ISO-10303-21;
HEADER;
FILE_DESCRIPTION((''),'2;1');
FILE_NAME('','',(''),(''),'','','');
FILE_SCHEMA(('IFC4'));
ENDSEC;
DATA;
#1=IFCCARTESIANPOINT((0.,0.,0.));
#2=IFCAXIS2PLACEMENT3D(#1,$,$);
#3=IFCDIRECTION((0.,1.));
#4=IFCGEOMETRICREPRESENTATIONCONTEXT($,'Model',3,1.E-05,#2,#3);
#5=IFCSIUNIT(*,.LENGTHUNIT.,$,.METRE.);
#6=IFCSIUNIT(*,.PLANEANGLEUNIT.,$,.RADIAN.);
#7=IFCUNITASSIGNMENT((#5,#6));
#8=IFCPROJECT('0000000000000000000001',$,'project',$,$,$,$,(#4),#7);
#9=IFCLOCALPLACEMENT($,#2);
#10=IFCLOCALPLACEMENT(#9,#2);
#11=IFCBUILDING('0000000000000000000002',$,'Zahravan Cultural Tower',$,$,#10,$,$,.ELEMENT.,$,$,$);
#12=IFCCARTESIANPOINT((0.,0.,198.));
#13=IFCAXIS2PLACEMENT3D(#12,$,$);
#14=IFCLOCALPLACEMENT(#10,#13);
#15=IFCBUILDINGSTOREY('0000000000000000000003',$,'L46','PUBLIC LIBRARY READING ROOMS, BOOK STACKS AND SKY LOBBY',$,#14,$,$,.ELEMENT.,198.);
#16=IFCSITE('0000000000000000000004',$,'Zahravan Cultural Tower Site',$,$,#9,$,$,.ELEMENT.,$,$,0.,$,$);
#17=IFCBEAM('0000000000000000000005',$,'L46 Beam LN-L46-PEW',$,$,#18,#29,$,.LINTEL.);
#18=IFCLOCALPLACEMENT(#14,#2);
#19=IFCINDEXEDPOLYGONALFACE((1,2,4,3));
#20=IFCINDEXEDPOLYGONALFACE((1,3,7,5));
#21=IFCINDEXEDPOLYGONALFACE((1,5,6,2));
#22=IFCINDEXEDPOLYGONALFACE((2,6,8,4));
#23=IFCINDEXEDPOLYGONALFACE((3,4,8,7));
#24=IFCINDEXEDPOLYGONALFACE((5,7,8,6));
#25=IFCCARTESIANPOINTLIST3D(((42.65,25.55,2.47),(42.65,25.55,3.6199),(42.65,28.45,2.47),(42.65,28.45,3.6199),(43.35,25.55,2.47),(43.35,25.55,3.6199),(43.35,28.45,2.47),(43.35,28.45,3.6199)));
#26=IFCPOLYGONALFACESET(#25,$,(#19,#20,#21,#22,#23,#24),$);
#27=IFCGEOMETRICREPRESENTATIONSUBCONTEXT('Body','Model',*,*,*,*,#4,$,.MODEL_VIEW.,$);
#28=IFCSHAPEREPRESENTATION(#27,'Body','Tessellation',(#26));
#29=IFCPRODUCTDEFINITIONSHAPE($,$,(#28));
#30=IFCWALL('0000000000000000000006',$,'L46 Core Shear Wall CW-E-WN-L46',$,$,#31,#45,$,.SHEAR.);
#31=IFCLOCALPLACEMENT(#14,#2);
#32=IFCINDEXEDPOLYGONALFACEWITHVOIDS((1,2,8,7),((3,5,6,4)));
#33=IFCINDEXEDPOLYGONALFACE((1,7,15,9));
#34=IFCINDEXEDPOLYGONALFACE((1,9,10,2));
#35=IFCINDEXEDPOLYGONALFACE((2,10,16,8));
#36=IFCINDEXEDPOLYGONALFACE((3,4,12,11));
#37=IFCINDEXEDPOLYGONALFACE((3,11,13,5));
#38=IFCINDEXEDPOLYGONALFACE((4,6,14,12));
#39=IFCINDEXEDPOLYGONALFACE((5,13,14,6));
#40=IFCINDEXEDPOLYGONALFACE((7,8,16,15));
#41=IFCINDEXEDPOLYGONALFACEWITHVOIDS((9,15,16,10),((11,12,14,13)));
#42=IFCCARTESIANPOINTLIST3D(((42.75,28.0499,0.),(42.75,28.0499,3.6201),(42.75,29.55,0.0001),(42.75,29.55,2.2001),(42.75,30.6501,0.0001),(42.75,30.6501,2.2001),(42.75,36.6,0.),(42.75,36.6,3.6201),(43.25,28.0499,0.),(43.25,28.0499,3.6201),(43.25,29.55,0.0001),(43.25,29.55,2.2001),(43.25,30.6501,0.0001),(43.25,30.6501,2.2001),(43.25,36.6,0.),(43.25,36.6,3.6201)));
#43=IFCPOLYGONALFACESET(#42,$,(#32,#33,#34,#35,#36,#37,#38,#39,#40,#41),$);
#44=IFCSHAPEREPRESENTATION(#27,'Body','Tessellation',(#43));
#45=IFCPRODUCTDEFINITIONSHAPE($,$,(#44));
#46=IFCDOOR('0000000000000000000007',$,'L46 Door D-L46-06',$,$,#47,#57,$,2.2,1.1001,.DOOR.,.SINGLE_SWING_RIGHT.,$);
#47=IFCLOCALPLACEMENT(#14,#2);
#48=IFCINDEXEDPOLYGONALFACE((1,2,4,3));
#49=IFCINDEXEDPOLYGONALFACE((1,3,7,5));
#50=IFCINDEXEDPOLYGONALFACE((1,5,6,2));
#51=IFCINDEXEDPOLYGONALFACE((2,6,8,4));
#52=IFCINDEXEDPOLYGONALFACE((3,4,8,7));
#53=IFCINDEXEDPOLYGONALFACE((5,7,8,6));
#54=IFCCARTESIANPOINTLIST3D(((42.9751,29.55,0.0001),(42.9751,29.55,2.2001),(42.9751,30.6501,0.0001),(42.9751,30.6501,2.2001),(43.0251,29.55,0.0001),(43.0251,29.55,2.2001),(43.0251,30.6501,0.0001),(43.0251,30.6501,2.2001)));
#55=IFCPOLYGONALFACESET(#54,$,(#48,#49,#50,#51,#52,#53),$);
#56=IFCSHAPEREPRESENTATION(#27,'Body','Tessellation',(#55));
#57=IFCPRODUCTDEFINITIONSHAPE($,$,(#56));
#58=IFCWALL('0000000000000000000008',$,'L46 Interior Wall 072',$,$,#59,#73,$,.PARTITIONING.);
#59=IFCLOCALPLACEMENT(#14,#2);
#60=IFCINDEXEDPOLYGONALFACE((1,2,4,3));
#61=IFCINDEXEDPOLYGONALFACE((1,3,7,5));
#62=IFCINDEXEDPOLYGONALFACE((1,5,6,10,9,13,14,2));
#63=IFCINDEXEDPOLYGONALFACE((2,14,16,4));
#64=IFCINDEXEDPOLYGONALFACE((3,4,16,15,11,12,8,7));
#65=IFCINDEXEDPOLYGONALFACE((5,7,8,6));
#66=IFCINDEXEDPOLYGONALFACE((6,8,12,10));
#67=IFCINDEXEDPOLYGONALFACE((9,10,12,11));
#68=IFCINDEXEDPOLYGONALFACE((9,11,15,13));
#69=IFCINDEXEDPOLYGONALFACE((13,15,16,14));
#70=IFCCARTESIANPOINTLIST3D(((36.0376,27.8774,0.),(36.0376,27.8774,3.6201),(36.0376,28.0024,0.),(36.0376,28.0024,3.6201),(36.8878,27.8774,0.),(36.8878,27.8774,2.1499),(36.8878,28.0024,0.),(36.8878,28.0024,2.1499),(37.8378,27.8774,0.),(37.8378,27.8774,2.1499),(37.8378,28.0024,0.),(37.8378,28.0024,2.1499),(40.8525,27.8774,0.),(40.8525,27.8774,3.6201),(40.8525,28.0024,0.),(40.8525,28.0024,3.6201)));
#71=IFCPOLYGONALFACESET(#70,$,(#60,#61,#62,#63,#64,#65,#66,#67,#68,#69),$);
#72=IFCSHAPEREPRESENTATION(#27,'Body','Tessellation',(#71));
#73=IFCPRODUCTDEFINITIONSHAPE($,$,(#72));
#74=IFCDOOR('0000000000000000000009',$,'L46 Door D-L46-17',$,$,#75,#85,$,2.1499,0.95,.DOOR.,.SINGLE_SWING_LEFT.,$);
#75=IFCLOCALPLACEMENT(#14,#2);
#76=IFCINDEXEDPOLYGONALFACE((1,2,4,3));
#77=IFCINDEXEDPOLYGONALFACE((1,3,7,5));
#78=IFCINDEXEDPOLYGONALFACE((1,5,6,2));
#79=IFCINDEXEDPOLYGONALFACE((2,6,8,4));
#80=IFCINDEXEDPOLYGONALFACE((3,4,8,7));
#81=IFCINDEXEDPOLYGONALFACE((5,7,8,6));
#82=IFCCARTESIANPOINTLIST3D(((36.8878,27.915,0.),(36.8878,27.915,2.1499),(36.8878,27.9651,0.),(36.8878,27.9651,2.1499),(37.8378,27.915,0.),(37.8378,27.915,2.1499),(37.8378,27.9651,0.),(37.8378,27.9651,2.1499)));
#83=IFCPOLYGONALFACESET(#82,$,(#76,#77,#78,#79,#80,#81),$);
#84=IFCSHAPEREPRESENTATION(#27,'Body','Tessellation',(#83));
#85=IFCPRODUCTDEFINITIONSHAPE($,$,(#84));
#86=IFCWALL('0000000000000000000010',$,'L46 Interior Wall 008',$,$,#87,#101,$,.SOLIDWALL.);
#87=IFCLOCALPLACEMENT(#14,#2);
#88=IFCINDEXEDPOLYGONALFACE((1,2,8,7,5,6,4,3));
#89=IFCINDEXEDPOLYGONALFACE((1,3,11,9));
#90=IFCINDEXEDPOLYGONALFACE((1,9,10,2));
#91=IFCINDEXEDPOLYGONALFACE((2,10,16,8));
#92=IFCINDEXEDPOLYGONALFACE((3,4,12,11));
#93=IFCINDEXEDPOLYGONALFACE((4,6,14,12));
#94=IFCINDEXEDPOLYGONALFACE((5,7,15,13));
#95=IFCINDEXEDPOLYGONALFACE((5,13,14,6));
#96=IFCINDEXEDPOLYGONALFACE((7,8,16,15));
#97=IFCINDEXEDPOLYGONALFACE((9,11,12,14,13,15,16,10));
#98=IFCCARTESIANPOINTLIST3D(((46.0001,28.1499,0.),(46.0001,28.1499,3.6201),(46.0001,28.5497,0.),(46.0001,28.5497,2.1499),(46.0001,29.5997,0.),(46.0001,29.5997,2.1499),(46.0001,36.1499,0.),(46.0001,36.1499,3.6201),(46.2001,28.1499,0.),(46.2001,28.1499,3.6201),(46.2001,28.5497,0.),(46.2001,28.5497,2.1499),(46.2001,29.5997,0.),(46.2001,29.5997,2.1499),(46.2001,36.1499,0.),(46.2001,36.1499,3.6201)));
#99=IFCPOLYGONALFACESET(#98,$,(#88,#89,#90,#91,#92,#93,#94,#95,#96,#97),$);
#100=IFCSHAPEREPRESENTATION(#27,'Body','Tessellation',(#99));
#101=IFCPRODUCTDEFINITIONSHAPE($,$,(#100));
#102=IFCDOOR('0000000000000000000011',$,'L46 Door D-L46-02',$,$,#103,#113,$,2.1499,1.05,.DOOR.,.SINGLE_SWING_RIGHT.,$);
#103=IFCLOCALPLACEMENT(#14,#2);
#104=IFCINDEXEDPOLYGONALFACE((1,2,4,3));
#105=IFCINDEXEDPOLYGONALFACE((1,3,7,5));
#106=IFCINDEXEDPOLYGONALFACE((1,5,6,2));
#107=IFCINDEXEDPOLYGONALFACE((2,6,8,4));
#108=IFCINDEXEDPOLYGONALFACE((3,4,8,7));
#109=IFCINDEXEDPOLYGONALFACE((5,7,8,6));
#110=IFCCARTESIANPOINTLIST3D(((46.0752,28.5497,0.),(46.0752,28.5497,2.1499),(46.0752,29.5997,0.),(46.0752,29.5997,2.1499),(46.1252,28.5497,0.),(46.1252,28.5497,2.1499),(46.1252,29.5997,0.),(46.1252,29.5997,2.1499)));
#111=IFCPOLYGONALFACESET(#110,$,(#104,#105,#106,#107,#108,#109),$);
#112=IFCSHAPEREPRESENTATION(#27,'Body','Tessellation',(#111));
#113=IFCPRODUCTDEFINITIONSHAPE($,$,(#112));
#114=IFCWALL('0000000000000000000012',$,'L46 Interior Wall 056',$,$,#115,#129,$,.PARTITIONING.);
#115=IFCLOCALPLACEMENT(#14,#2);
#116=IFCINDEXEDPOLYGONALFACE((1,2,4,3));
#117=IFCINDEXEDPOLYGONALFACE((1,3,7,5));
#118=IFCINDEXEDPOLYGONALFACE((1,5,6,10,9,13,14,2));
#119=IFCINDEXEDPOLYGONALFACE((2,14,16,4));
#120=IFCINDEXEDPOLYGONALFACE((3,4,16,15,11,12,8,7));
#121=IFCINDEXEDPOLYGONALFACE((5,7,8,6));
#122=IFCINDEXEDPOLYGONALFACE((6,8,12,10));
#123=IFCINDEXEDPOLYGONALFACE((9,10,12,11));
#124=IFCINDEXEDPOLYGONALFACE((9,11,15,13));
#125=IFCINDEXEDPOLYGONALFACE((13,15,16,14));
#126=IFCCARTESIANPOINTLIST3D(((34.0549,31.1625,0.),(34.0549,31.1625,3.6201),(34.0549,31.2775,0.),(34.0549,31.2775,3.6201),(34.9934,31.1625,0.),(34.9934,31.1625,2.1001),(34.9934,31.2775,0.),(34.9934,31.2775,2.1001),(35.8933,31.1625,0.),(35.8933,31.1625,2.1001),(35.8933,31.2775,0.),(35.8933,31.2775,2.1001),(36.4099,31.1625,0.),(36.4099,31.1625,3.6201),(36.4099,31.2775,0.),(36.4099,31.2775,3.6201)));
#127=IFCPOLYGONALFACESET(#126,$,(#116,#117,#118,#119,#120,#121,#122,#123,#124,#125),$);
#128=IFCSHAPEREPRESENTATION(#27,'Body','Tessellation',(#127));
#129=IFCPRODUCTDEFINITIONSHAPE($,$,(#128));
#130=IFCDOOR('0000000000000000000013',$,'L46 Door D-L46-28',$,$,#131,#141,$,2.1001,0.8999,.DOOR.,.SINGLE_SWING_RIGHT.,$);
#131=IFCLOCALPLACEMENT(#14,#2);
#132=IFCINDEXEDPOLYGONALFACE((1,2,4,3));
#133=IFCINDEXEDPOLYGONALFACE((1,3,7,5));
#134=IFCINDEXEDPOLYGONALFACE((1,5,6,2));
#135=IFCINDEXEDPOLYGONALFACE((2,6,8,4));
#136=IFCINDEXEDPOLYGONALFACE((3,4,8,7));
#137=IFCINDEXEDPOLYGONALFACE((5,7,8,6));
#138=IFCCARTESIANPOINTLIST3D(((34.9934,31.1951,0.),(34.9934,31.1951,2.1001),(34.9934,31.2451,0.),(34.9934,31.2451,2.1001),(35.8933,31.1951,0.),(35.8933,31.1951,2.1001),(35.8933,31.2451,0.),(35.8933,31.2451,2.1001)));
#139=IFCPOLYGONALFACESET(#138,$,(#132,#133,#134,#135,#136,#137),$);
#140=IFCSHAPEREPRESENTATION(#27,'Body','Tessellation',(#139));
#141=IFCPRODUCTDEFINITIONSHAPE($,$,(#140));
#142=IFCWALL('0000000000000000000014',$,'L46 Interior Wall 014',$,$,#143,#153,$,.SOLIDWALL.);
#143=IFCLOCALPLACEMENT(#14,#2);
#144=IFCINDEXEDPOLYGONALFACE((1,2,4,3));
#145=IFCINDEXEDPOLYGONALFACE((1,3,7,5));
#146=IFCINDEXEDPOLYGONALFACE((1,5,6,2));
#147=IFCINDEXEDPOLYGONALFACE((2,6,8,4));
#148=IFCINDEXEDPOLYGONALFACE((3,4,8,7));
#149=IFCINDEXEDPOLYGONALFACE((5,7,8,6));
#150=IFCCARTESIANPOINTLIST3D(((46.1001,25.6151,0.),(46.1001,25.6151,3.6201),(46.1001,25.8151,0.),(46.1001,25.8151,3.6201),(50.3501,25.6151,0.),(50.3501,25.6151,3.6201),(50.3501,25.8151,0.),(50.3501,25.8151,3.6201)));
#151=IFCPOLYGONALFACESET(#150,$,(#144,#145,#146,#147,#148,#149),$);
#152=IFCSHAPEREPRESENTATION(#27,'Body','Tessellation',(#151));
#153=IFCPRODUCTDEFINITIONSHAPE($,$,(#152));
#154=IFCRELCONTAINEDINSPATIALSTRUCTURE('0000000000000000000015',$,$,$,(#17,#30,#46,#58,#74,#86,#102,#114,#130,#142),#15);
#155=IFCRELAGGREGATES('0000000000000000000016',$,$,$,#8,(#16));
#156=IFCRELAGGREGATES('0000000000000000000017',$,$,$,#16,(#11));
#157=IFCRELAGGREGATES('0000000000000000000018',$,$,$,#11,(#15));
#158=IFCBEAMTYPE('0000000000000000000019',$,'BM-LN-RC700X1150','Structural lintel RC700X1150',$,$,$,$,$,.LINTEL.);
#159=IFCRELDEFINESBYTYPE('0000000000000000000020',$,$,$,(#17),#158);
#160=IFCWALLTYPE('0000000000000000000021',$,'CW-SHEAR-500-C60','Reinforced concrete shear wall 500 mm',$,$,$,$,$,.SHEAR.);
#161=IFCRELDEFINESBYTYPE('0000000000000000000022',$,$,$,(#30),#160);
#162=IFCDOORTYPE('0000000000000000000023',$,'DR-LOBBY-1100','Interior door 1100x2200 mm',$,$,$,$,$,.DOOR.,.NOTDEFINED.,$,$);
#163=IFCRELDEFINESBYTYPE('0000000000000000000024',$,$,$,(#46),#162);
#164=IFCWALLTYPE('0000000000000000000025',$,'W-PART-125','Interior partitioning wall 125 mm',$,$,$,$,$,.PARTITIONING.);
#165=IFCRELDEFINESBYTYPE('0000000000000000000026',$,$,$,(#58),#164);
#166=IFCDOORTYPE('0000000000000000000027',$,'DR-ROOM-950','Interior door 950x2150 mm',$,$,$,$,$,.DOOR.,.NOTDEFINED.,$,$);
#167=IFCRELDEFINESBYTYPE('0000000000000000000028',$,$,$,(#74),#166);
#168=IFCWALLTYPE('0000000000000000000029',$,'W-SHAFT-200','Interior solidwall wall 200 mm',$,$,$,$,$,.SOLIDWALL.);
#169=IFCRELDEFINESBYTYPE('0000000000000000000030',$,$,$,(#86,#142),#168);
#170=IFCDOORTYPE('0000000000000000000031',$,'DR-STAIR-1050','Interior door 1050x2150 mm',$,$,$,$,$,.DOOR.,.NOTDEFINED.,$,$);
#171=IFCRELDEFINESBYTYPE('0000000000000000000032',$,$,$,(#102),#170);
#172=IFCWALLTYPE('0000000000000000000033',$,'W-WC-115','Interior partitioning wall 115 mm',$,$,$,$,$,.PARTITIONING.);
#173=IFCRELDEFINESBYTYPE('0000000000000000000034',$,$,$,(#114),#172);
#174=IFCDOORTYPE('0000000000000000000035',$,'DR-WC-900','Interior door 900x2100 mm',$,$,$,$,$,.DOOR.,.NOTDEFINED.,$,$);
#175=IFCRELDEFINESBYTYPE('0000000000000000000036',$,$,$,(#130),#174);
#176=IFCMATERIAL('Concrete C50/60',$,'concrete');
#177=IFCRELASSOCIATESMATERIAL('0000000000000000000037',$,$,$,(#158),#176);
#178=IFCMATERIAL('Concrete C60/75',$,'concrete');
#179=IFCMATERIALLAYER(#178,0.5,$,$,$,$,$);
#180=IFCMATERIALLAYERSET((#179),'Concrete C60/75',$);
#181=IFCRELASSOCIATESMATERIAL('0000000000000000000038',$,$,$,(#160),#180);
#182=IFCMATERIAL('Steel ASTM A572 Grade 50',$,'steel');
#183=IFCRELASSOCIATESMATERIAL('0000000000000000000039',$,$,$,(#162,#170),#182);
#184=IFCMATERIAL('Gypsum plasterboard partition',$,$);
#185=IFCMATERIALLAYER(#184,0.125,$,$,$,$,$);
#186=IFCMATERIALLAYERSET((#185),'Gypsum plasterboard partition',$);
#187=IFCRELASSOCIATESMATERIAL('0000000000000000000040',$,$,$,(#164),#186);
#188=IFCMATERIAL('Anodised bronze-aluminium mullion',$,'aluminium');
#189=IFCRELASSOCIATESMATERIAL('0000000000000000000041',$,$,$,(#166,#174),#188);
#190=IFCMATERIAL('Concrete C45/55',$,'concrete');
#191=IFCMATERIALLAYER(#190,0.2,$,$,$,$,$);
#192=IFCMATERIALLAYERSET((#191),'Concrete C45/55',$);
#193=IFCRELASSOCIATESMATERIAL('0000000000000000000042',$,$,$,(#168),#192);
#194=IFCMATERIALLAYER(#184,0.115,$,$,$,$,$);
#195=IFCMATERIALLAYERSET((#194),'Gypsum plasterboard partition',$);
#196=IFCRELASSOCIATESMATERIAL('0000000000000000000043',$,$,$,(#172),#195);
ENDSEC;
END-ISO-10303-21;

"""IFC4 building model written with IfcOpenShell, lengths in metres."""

from ifc_helpers import new_model, si_unit, direction, frame, frame_2d, origin, origin_2d, place, context, subcontext, project, spatial, rectangle, extrude, source, transform, mapped, material, layer, layer_set, material_profile, profile_set, type_object, element, fill, save


model = new_model("IFC4")

# Units and contexts
model_context = context("Model", 3, precision=1e-05, world=origin(), true_north=direction((0.0, 1.0)))
body_context = subcontext(model_context, "Body", "Model", "MODEL_VIEW")
ifc_project = project(units=[si_unit("LENGTHUNIT", "METRE"), si_unit("PLANEANGLEUNIT", "RADIAN")], contexts=[model_context])

# Site, building, storey
site_placement = place(None, origin())
site = spatial("IfcSite", under=ifc_project, at=site_placement, Name="Zahravan Cultural Tower Site", CompositionType="ELEMENT", RefElevation=0.0)
building_placement = place(site_placement, origin())
building = spatial("IfcBuilding", under=site, at=building_placement, Name="Zahravan Cultural Tower", CompositionType="ELEMENT")
storey_placement = place(building_placement, frame((0.0, 0.0, 198.0)))
storey = spatial("IfcBuildingStorey", under=building, at=storey_placement, Name="L46", Description="PUBLIC LIBRARY READING ROOMS, BOOK STACKS AND SKY LOBBY", CompositionType="ELEMENT", Elevation=198.0)

# Beam
ifc_material_1 = material(Name="Concrete C50/60", Category="concrete")
ifc_material_profile = material_profile(ifc_material_1, rectangle(XDim=0.7, YDim=1.1499, at=origin_2d()), Name="RC700X1150")
ifc_profile_set = profile_set([ifc_material_profile], Name="Concrete C50/60")
beam_type = type_object("IfcBeamType", Name="BM-LN-RC700X1150", Description="Structural lintel RC700X1150", PredefinedType="LINTEL", material=ifc_profile_set)
shared_shape_1 = source(origin(), body_context, "Body", "SweptSolid", [
    extrude(rectangle(XDim=0.7, YDim=1.1499, at=origin_2d()), origin(), (0.0, 0.0, 1.0), 2.8999),
])
beam_placement = place(storey_placement, frame((43.0, 25.55, 3.0449), z_axis=(0.0, 1.0, 0.0), x_axis=(-1.0, 0.0, 0.0)))
element("IfcBeam", 1, at=beam_placement, inside=storey, type_object=beam_type, Name="L46 Beam LN-L46-PEW", PredefinedType="LINTEL", context=body_context, shape_type="MappedRepresentation", body=[
    mapped(shared_shape_1, transform((0.0, 0.0, 0.0), x_axis=(1.0, 0.0, 0.0), y_axis=(0.0, 1.0, 0.0), z_axis=(0.0, 0.0, 1.0), scale=1.0)),
])

# Walls, openings, doors
ifc_material_2 = material(Name="Concrete C60/75", Category="concrete")
ifc_layer_1 = layer(ifc_material_2, 0.5)
ifc_layer_set_1 = layer_set([ifc_layer_1], Name="Concrete C60/75")
wall_type_1 = type_object("IfcWallType", Name="CW-SHEAR-500-C60", Description="Reinforced concrete shear wall 500 mm", PredefinedType="SHEAR", material=ifc_layer_set_1)
wall_1_placement = place(storey_placement, frame((43.0, 28.05, 0.0), z_axis=(0.0, 0.0, 1.0), x_axis=(0.0, 1.0, 0.0)))
wall_1 = element("IfcWall", 2, at=wall_1_placement, inside=storey, type_object=wall_type_1, Name="L46 Core Shear Wall CW-E-WN-L46", PredefinedType="SHEAR", context=body_context, shape_type="SweptSolid", body=[
    extrude(rectangle(XDim=8.55, YDim=0.5, at=frame_2d((4.2749, 0.0))), origin(), (0.0, 0.0, 1.0), 3.6201),
])
opening_1_placement = place(wall_1_placement, frame((1.5, 0.0, 0.0)))
opening_1 = element("IfcOpeningElement", 3, at=opening_1_placement, cuts=wall_1, PredefinedType="OPENING", context=body_context, shape_type="SweptSolid", body=[
    extrude(rectangle(XDim=1.1001, YDim=2.2, at=frame_2d((0.55, 1.1001))), frame((0.0, 0.26, 0.0), z_axis=(0.0, -1.0, 0.0), x_axis=(1.0, 0.0, 0.0)), (0.0, 0.0, 1.0), 0.52),
])
ifc_material_3 = material(Name="Steel ASTM A572 Grade 50", Category="steel")
door_type_1 = type_object("IfcDoorType", Name="DR-LOBBY-1100", Description="Interior door 1100x2200 mm", OperationType="NOTDEFINED", PredefinedType="DOOR", material=ifc_material_3)
shared_shape_2 = source(origin(), body_context, "Body", "SweptSolid", [
    extrude(rectangle(XDim=1.1001, YDim=2.2, at=frame_2d((0.55, 1.1001))), frame((0.0, 0.0249, 0.0), z_axis=(0.0, -1.0, 0.0), x_axis=(1.0, 0.0, 0.0)), (0.0, 0.0, 1.0), 0.05),
])
door_1_placement = place(opening_1_placement, origin())
door_1 = element("IfcDoor", 4, at=door_1_placement, inside=storey, type_object=door_type_1, Name="L46 Door D-L46-06", OperationType="SINGLE_SWING_RIGHT", OverallHeight=2.2, OverallWidth=1.1001, PredefinedType="DOOR", context=body_context, shape_type="MappedRepresentation", body=[
    mapped(shared_shape_2, transform((0.0, 0.0, 0.0), x_axis=(1.0, 0.0, 0.0), y_axis=(0.0, 1.0, 0.0), z_axis=(0.0, 0.0, 1.0), scale=1.0)),
])
fill(opening_1, door_1)
ifc_material_4 = material(Name="Gypsum plasterboard partition")
ifc_layer_2 = layer(ifc_material_4, 0.125)
ifc_layer_set_2 = layer_set([ifc_layer_2], Name="Gypsum plasterboard partition")
wall_type_2 = type_object("IfcWallType", Name="W-PART-125", Description="Interior partitioning wall 125 mm", PredefinedType="PARTITIONING", material=ifc_layer_set_2)
wall_2_placement = place(storey_placement, frame((40.8525, 27.9399, 0.0), z_axis=(0.0, 0.0, 1.0), x_axis=(-1.0, 0.0, 0.0)))
wall_2 = element("IfcWall", 5, at=wall_2_placement, inside=storey, type_object=wall_type_2, Name="L46 Interior Wall 072", PredefinedType="PARTITIONING", context=body_context, shape_type="SweptSolid", body=[
    extrude(rectangle(XDim=4.8149, YDim=0.125, at=frame_2d((2.4075, 0.0))), origin(), (0.0, 0.0, 1.0), 3.6201),
])
opening_2_placement = place(wall_2_placement, frame((3.0146, 0.0, 0.0)))
opening_2 = element("IfcOpeningElement", 6, at=opening_2_placement, cuts=wall_2, PredefinedType="OPENING", context=body_context, shape_type="SweptSolid", body=[
    extrude(rectangle(XDim=0.95, YDim=2.1499, at=frame_2d((0.4751, 1.075))), frame((0.0, 0.0725, 0.0), z_axis=(0.0, -1.0, 0.0), x_axis=(1.0, 0.0, 0.0)), (0.0, 0.0, 1.0), 0.145),
])
ifc_material_5 = material(Name="Anodised bronze-aluminium mullion", Category="aluminium")
door_type_2 = type_object("IfcDoorType", Name="DR-ROOM-950", Description="Interior door 950x2150 mm", OperationType="NOTDEFINED", PredefinedType="DOOR", material=ifc_material_5)
shared_shape_3 = source(origin(), body_context, "Body", "SweptSolid", [
    extrude(rectangle(XDim=0.95, YDim=2.1499, at=frame_2d((0.4751, 1.075))), frame((0.0, 0.0249, 0.0), z_axis=(0.0, -1.0, 0.0), x_axis=(1.0, 0.0, 0.0)), (0.0, 0.0, 1.0), 0.05),
])
door_2_placement = place(opening_2_placement, origin())
door_2 = element("IfcDoor", 7, at=door_2_placement, inside=storey, type_object=door_type_2, Name="L46 Door D-L46-17", OperationType="SINGLE_SWING_LEFT", OverallHeight=2.1499, OverallWidth=0.95, PredefinedType="DOOR", context=body_context, shape_type="MappedRepresentation", body=[
    mapped(shared_shape_3, transform((0.0, 0.0, 0.0), x_axis=(1.0, 0.0, 0.0), y_axis=(0.0, 1.0, 0.0), z_axis=(0.0, 0.0, 1.0), scale=1.0)),
])
fill(opening_2, door_2)
ifc_material_6 = material(Name="Concrete C45/55", Category="concrete")
ifc_layer_3 = layer(ifc_material_6, 0.2)
ifc_layer_set_3 = layer_set([ifc_layer_3], Name="Concrete C45/55")
wall_type_3 = type_object("IfcWallType", Name="W-SHAFT-200", Description="Interior solidwall wall 200 mm", PredefinedType="SOLIDWALL", material=ifc_layer_set_3)
wall_3_placement = place(storey_placement, frame((46.1001, 28.1499, 0.0), z_axis=(0.0, 0.0, 1.0), x_axis=(0.0, 1.0, 0.0)))
wall_3 = element("IfcWall", 8, at=wall_3_placement, inside=storey, type_object=wall_type_3, Name="L46 Interior Wall 008", PredefinedType="SOLIDWALL", context=body_context, shape_type="SweptSolid", body=[
    extrude(rectangle(XDim=8.0, YDim=0.2, at=frame_2d((4.0, 0.0))), origin(), (0.0, 0.0, 1.0), 3.6201),
])
opening_3_placement = place(wall_3_placement, frame((0.3999, 0.0, 0.0)))
opening_3 = element("IfcOpeningElement", 9, at=opening_3_placement, cuts=wall_3, PredefinedType="OPENING", context=body_context, shape_type="SweptSolid", body=[
    extrude(rectangle(XDim=1.05, YDim=2.1499, at=frame_2d((0.5249, 1.075))), frame((0.0, 0.1099, 0.0), z_axis=(0.0, -1.0, 0.0), x_axis=(1.0, 0.0, 0.0)), (0.0, 0.0, 1.0), 0.22),
])
door_type_3 = type_object("IfcDoorType", Name="DR-STAIR-1050", Description="Interior door 1050x2150 mm", OperationType="NOTDEFINED", PredefinedType="DOOR", material=ifc_material_3)
shared_shape_4 = source(origin(), body_context, "Body", "SweptSolid", [
    extrude(rectangle(XDim=1.05, YDim=2.1499, at=frame_2d((0.5249, 1.075))), frame((0.0, 0.0249, 0.0), z_axis=(0.0, -1.0, 0.0), x_axis=(1.0, 0.0, 0.0)), (0.0, 0.0, 1.0), 0.05),
])
door_3_placement = place(opening_3_placement, origin())
door_3 = element("IfcDoor", 10, at=door_3_placement, inside=storey, type_object=door_type_3, Name="L46 Door D-L46-02", OperationType="SINGLE_SWING_RIGHT", OverallHeight=2.1499, OverallWidth=1.05, PredefinedType="DOOR", context=body_context, shape_type="MappedRepresentation", body=[
    mapped(shared_shape_4, transform((0.0, 0.0, 0.0), x_axis=(1.0, 0.0, 0.0), y_axis=(0.0, 1.0, 0.0), z_axis=(0.0, 0.0, 1.0), scale=1.0)),
])
fill(opening_3, door_3)
ifc_layer_4 = layer(ifc_material_4, 0.115)
ifc_layer_set_4 = layer_set([ifc_layer_4], Name="Gypsum plasterboard partition")
wall_type_4 = type_object("IfcWallType", Name="W-WC-115", Description="Interior partitioning wall 115 mm", PredefinedType="PARTITIONING", material=ifc_layer_set_4)
wall_4_placement = place(storey_placement, frame((36.4099, 31.22, 0.0), z_axis=(0.0, 0.0, 1.0), x_axis=(-1.0, 0.0, 0.0)))
wall_4 = element("IfcWall", 11, at=wall_4_placement, inside=storey, type_object=wall_type_4, Name="L46 Interior Wall 056", PredefinedType="PARTITIONING", context=body_context, shape_type="SweptSolid", body=[
    extrude(rectangle(XDim=2.355, YDim=0.115, at=frame_2d((1.1775, 0.0))), origin(), (0.0, 0.0, 1.0), 3.6201),
])
opening_4_placement = place(wall_4_placement, frame((0.5166, 0.0, 0.0)))
opening_4 = element("IfcOpeningElement", 12, at=opening_4_placement, cuts=wall_4, PredefinedType="OPENING", context=body_context, shape_type="SweptSolid", body=[
    extrude(rectangle(XDim=0.8999, YDim=2.1001, at=frame_2d((0.45, 1.05))), frame((0.0, 0.0674, 0.0), z_axis=(0.0, -1.0, 0.0), x_axis=(1.0, 0.0, 0.0)), (0.0, 0.0, 1.0), 0.135),
])
door_type_4 = type_object("IfcDoorType", Name="DR-WC-900", Description="Interior door 900x2100 mm", OperationType="NOTDEFINED", PredefinedType="DOOR", material=ifc_material_5)
shared_shape_5 = source(origin(), body_context, "Body", "SweptSolid", [
    extrude(rectangle(XDim=0.8999, YDim=2.1001, at=frame_2d((0.45, 1.05))), frame((0.0, 0.0249, 0.0), z_axis=(0.0, -1.0, 0.0), x_axis=(1.0, 0.0, 0.0)), (0.0, 0.0, 1.0), 0.05),
])
door_4_placement = place(opening_4_placement, origin())
door_4 = element("IfcDoor", 13, at=door_4_placement, inside=storey, type_object=door_type_4, Name="L46 Door D-L46-28", OperationType="SINGLE_SWING_RIGHT", OverallHeight=2.1001, OverallWidth=0.8999, PredefinedType="DOOR", context=body_context, shape_type="MappedRepresentation", body=[
    mapped(shared_shape_5, transform((0.0, 0.0, 0.0), x_axis=(1.0, 0.0, 0.0), y_axis=(0.0, 1.0, 0.0), z_axis=(0.0, 0.0, 1.0), scale=1.0)),
])
fill(opening_4, door_4)

# Wall
shared_shape_6 = source(origin(), body_context, "Body", "SweptSolid", [
    extrude(rectangle(XDim=4.25, YDim=0.2, at=frame_2d((2.125, 0.0))), origin(), (0.0, 0.0, 1.0), 3.6201),
])
for number, where, z_axis, x_axis, name in (
    (14, (46.1001, 25.7151, 0.0), (0.0, 0.0, 1.0), (1.0, 0.0, 0.0), "L46 Interior Wall 014"),
):
    element("IfcWall", number, at=place(storey_placement, frame(where, z_axis=z_axis, x_axis=x_axis)), inside=storey, type_object=wall_type_3, Name=name, PredefinedType="SOLIDWALL", context=body_context, shape_type="MappedRepresentation", body=[
        mapped(shared_shape_6, transform((0.0, 0.0, 0.0), x_axis=(1.0, 0.0, 0.0), y_axis=(0.0, 1.0, 0.0), z_axis=(0.0, 0.0, 1.0), scale=1.0)),
    ])

save(model, "model.ifc")
